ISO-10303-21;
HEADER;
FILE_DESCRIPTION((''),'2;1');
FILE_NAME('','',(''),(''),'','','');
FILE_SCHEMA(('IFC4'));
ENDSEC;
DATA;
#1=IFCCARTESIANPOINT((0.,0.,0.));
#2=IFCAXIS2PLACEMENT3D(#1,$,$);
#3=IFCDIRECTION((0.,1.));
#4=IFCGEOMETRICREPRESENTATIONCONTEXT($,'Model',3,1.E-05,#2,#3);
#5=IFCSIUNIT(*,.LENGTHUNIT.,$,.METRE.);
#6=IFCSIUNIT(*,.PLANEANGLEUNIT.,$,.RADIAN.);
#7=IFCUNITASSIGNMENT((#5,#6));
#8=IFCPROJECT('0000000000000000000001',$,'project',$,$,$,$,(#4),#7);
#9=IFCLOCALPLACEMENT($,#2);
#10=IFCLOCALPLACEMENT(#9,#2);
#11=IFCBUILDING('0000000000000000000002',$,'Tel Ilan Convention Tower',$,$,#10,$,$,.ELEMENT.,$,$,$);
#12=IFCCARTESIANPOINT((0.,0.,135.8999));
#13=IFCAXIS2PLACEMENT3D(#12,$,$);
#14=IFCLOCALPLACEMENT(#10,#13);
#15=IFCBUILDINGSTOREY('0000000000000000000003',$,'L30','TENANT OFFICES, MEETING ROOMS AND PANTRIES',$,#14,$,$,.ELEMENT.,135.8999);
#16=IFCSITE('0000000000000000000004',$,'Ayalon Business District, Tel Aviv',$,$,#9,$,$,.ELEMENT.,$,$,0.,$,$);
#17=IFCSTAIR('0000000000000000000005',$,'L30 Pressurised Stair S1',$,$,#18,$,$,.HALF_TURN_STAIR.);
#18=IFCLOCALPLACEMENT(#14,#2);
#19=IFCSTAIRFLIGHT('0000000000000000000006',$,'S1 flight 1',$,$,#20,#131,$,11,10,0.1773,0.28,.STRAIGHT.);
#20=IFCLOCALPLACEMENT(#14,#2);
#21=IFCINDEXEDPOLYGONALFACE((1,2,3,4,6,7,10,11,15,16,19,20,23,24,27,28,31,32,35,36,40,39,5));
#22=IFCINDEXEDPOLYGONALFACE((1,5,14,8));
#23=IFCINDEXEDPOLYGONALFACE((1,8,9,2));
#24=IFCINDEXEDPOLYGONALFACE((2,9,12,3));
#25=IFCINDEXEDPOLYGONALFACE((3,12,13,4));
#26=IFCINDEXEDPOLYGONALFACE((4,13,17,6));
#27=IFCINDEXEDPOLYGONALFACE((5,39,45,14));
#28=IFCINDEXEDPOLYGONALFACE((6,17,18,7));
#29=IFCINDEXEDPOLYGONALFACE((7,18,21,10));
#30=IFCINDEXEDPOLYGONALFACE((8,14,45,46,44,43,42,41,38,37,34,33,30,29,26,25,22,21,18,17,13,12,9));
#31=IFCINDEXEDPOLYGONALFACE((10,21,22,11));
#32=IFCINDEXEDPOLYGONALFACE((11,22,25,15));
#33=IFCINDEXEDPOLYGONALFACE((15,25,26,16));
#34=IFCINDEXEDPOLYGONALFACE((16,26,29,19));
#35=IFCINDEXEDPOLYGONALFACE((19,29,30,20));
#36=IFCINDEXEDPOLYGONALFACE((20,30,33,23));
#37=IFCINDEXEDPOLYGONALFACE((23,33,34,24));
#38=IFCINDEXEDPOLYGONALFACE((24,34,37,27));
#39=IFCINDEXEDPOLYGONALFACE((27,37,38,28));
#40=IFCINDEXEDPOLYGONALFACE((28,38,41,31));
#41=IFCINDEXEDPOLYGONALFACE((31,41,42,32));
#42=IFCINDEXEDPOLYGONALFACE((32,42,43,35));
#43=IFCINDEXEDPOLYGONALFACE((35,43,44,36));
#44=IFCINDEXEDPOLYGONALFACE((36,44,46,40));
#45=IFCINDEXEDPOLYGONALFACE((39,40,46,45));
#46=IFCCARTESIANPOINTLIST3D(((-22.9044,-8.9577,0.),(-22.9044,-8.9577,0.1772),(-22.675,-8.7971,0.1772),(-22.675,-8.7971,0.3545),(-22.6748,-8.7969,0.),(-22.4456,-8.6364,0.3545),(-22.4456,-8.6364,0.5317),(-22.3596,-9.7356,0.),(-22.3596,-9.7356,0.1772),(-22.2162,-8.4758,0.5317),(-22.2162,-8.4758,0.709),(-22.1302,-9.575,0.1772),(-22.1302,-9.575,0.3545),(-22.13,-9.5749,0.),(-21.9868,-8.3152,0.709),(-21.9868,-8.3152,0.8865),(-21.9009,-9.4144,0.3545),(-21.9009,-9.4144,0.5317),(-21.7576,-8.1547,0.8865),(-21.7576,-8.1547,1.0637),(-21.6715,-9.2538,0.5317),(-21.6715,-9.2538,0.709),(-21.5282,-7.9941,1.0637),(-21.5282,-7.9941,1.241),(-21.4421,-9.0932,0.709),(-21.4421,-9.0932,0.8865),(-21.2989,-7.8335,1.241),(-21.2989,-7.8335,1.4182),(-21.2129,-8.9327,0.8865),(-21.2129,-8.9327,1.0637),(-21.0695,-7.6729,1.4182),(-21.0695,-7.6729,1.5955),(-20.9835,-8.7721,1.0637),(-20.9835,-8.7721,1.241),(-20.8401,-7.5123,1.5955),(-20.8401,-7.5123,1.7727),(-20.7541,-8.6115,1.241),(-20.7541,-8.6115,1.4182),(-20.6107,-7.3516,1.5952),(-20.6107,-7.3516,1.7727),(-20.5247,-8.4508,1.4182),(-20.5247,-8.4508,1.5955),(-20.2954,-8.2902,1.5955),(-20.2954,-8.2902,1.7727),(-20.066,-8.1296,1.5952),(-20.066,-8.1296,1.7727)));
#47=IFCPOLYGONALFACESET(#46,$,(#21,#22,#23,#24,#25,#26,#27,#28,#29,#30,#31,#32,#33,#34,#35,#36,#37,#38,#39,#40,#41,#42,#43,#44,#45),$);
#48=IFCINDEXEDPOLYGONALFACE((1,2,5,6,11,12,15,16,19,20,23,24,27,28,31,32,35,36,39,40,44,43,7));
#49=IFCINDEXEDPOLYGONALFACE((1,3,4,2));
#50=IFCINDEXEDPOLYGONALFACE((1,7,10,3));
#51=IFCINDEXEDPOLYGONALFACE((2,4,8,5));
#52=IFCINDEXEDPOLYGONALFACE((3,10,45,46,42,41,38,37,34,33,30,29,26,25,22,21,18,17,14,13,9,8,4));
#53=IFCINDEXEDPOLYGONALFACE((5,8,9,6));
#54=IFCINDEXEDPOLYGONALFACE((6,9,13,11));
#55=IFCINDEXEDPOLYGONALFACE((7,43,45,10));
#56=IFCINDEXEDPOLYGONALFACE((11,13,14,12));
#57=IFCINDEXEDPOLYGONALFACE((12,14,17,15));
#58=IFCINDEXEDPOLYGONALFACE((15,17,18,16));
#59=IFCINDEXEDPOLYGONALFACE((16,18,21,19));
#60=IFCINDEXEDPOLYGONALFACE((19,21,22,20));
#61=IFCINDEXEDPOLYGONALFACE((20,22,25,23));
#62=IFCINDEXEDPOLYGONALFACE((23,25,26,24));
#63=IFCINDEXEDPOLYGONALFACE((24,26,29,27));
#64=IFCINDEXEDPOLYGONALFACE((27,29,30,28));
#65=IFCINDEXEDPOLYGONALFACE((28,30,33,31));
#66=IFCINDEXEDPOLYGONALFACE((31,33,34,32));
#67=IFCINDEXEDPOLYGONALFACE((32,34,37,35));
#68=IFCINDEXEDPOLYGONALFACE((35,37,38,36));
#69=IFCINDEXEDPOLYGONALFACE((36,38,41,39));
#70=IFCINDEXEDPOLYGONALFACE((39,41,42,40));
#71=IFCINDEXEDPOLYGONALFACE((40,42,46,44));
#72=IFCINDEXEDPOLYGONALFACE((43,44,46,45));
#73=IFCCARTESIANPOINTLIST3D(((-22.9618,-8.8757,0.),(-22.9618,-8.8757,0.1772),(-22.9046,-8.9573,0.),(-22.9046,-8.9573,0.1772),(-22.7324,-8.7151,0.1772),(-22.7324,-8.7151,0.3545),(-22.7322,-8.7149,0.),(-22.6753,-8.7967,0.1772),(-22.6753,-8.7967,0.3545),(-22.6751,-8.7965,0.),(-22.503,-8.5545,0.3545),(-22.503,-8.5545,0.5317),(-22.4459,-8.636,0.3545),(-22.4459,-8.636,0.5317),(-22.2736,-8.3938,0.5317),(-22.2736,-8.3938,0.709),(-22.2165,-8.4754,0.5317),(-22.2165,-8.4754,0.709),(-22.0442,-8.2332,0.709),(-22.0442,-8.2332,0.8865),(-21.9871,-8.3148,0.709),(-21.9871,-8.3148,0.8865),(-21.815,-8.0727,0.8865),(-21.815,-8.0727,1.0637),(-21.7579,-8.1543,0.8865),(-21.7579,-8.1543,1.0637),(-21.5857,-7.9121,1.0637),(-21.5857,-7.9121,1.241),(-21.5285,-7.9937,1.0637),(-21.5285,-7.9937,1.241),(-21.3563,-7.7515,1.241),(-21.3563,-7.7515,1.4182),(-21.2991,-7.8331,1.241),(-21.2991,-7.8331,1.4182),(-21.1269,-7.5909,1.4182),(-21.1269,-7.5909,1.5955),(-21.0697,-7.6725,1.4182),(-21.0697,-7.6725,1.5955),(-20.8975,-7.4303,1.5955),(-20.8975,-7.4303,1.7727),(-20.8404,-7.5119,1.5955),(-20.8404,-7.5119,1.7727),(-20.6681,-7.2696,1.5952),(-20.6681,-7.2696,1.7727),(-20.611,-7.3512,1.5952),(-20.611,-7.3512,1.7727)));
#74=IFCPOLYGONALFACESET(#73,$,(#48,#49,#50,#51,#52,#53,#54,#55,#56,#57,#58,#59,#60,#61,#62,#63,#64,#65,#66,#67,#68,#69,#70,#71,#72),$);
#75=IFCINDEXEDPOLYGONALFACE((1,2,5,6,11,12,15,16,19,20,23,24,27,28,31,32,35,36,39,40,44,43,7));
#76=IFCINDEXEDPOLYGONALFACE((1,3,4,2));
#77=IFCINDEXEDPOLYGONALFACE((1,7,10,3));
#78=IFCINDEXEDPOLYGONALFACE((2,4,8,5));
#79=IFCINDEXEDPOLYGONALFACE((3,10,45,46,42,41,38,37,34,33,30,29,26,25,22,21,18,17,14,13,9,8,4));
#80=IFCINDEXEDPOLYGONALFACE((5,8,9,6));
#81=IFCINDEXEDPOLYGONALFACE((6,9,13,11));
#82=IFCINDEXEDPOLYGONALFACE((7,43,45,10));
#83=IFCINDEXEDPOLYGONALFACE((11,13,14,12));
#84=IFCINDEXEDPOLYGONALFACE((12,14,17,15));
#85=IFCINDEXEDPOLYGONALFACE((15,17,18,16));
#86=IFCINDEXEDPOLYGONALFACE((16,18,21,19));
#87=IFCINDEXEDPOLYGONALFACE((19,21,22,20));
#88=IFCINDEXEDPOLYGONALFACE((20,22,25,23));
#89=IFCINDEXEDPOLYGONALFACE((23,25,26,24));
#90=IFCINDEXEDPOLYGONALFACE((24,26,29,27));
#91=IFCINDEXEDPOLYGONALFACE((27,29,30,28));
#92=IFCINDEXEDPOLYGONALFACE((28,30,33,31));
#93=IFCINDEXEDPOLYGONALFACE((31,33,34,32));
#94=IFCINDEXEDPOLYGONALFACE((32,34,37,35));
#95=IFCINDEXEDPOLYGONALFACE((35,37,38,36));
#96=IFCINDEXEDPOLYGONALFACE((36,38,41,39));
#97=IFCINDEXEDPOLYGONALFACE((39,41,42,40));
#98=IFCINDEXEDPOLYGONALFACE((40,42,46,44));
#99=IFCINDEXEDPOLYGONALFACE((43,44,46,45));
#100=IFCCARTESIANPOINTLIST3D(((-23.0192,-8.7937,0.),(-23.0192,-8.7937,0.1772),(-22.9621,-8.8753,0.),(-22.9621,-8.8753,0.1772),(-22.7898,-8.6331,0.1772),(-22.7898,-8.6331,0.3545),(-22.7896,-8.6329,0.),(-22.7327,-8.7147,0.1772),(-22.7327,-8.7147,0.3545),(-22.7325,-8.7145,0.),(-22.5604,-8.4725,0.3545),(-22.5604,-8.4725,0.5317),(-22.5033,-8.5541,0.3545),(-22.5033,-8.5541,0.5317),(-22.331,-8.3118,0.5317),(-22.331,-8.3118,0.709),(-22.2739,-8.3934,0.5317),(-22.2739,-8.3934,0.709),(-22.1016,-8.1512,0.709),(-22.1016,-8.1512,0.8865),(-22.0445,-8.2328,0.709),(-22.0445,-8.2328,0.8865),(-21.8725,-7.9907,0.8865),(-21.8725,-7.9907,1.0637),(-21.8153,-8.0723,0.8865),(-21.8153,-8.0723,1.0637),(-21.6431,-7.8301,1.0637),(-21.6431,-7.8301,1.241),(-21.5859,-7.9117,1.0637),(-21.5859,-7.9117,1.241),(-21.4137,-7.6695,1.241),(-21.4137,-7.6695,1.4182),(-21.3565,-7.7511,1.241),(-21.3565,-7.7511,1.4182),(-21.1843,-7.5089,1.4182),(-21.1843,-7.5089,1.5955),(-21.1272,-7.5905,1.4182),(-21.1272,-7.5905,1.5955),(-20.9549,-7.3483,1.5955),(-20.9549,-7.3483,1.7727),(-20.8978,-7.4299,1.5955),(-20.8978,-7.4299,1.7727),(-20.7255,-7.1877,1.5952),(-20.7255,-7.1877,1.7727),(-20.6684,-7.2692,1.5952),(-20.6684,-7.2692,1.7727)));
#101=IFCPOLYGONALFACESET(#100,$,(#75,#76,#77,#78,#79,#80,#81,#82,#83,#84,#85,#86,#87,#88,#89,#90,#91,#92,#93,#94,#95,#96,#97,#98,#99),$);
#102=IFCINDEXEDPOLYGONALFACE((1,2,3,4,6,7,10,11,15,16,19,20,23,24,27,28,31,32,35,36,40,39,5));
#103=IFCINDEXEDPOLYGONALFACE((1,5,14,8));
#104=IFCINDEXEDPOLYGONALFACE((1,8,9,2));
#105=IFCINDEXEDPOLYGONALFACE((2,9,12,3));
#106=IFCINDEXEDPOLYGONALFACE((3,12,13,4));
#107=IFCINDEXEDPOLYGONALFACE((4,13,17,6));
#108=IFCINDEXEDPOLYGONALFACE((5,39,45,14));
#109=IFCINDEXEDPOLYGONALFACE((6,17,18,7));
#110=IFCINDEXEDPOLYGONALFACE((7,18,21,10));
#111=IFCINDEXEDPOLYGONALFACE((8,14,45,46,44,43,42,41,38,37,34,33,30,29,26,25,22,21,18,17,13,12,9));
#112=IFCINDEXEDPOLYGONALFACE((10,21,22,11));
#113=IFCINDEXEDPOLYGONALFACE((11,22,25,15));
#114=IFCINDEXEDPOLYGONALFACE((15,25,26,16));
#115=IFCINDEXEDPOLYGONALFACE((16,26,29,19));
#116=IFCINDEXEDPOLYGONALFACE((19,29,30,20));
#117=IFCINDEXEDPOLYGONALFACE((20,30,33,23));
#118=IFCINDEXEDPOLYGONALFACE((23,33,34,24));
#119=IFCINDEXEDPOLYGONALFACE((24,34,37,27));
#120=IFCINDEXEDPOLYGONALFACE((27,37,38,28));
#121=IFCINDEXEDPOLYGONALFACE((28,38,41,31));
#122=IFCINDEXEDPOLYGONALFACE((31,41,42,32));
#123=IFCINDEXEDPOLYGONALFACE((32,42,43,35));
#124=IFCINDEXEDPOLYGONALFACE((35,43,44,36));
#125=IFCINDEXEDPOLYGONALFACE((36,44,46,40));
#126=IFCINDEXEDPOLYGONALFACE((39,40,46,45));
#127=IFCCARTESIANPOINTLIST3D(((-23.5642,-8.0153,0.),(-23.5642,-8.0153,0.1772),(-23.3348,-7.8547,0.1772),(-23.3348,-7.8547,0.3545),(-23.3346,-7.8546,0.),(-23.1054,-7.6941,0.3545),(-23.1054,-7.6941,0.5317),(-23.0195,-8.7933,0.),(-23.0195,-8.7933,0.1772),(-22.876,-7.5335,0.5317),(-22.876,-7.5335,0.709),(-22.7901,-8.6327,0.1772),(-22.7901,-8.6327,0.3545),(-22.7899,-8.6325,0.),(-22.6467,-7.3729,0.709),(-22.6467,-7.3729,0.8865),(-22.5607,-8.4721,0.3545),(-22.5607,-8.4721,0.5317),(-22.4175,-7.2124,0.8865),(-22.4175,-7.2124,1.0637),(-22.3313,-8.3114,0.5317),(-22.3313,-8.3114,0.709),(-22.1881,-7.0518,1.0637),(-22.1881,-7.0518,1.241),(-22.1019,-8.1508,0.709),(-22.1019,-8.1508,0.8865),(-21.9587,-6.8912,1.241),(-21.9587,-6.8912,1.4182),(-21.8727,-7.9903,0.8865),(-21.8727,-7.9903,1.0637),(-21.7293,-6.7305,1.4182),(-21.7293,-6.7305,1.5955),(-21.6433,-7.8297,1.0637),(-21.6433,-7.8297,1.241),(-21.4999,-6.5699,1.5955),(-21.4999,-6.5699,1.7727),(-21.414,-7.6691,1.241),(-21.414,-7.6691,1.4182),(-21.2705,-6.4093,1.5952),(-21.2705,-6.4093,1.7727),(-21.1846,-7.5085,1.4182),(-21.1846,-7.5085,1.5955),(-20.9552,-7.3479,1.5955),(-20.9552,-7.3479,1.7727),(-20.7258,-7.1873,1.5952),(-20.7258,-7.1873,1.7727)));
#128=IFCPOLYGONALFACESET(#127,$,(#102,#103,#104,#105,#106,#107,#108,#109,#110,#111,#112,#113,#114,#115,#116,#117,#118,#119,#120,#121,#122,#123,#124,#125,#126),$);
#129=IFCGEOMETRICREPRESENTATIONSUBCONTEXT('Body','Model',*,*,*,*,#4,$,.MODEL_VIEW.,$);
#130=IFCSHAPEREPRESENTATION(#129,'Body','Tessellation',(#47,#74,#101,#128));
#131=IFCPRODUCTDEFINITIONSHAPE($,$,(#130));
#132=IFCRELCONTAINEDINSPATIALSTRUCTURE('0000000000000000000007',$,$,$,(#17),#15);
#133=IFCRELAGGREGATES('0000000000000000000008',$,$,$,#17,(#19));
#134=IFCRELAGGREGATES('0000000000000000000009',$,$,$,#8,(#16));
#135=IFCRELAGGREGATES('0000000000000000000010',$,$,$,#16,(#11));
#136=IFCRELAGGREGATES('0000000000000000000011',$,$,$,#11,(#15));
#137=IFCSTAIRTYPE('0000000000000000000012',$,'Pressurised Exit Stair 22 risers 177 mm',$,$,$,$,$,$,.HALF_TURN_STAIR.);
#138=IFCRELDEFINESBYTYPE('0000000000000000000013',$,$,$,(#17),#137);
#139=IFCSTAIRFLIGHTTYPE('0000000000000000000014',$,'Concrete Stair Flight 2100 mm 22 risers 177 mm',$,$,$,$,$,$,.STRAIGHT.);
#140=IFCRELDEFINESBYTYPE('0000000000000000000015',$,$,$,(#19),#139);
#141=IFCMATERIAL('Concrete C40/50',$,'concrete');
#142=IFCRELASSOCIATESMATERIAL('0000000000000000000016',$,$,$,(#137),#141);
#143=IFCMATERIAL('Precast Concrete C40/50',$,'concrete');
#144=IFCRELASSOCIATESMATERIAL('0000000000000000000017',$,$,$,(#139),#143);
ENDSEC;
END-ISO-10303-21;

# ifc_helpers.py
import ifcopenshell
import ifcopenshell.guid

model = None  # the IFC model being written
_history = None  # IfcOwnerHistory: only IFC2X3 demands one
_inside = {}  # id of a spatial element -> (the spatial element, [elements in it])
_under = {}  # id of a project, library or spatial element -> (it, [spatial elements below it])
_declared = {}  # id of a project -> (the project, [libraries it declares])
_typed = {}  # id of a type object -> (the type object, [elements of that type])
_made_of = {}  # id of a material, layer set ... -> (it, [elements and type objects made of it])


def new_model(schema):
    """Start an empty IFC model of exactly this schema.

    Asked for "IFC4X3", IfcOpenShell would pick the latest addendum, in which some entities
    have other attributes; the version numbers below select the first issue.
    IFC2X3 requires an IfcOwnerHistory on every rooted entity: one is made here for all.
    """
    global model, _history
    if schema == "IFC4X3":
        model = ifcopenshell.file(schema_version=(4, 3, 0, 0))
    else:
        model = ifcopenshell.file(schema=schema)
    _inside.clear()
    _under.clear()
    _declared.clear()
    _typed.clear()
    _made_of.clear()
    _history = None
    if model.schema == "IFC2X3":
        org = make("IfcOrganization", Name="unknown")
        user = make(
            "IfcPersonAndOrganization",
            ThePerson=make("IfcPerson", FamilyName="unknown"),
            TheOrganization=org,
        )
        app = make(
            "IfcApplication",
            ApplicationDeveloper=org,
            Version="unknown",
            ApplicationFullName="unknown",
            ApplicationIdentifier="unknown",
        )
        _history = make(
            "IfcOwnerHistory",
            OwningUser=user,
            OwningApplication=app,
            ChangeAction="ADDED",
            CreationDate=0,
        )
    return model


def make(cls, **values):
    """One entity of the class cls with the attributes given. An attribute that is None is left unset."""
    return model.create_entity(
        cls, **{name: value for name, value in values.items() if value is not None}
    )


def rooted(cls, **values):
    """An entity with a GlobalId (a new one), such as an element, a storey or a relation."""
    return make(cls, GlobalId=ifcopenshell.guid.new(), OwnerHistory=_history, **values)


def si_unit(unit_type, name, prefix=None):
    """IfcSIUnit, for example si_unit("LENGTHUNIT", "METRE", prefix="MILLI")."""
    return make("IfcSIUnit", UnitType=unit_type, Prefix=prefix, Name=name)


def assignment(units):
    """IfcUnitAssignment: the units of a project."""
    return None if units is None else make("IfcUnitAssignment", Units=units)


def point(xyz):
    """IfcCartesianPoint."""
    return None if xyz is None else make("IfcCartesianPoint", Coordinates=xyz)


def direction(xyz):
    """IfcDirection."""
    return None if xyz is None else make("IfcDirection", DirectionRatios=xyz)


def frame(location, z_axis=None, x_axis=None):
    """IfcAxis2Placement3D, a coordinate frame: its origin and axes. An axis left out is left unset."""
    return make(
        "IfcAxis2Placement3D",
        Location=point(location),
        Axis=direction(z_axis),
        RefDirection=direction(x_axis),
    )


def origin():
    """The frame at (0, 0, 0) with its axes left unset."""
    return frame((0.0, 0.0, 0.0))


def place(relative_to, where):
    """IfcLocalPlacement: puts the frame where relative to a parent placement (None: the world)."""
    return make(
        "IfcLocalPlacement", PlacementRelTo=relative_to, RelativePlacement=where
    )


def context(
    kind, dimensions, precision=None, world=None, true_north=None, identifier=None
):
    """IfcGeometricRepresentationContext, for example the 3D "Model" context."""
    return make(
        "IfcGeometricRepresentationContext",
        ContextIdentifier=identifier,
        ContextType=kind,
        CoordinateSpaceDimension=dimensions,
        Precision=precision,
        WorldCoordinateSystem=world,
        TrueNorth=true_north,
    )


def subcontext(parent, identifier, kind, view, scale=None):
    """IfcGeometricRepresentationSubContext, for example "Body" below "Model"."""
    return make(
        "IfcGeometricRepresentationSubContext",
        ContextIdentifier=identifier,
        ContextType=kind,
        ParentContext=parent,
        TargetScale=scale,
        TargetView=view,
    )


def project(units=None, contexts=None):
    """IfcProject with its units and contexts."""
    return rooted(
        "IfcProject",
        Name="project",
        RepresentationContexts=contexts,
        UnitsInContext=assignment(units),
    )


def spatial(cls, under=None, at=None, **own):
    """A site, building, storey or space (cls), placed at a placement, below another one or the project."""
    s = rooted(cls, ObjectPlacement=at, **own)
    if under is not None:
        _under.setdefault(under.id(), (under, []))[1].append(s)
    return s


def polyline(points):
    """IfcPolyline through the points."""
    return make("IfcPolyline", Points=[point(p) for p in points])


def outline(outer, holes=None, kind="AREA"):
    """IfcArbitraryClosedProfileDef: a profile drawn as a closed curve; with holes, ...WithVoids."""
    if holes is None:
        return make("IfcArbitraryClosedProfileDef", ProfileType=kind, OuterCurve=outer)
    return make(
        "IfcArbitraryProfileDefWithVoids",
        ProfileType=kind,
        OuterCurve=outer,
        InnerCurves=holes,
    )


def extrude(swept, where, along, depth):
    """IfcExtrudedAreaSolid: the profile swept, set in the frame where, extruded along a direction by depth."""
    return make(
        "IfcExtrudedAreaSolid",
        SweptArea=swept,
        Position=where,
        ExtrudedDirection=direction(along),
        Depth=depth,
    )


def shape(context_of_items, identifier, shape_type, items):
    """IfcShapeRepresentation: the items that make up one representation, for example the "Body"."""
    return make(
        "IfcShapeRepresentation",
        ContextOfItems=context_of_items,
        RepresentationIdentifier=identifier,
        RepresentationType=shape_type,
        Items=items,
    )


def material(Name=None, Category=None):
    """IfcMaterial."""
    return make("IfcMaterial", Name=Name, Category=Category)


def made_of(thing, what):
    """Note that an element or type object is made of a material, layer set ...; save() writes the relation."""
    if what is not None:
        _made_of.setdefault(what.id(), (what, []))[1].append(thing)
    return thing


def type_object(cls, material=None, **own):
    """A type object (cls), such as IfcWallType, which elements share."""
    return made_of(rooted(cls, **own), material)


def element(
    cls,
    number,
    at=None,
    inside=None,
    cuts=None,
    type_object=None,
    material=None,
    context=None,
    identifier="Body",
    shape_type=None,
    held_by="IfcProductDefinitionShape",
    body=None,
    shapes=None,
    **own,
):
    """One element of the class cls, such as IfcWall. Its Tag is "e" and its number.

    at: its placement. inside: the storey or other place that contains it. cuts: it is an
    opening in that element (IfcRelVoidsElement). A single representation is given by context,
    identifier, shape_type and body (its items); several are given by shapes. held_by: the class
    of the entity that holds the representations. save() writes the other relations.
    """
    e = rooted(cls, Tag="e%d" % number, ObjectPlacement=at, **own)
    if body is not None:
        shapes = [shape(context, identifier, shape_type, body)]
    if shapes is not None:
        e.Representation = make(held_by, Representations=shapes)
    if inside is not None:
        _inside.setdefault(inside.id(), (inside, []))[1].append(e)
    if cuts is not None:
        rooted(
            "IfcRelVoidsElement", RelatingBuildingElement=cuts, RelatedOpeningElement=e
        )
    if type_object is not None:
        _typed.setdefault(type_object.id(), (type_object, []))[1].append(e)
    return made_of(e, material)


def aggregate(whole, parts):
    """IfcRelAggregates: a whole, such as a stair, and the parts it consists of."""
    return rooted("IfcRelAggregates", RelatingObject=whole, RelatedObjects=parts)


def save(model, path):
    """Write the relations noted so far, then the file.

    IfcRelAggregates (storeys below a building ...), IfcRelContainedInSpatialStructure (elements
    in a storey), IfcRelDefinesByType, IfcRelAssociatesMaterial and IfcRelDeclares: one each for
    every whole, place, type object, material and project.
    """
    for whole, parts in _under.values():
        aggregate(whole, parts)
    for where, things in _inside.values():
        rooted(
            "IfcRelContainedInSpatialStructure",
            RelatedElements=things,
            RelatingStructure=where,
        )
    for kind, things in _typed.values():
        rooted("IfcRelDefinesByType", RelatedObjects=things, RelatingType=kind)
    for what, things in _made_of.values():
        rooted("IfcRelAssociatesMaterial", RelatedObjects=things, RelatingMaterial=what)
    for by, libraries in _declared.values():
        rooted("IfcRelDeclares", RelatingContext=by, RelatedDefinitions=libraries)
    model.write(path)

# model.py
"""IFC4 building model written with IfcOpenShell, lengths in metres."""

from ifc_helpers import new_model, si_unit, direction, frame, origin, place, context, subcontext, project, spatial, polyline, outline, extrude, material, type_object, element, aggregate, save


model = new_model("IFC4")

# Units and contexts
model_context = context("Model", 3, precision=1e-05, world=origin(), true_north=direction((0.0, 1.0)))
body_context = subcontext(model_context, "Body", "Model", "MODEL_VIEW")
ifc_project = project(units=[si_unit("LENGTHUNIT", "METRE"), si_unit("PLANEANGLEUNIT", "RADIAN")], contexts=[model_context])

# Site, building, storey
site_placement = place(None, origin())
site = spatial("IfcSite", under=ifc_project, at=site_placement, Name="Ayalon Business District, Tel Aviv", CompositionType="ELEMENT", RefElevation=0.0)
building_placement = place(site_placement, origin())
building = spatial("IfcBuilding", under=site, at=building_placement, Name="Tel Ilan Convention Tower", CompositionType="ELEMENT")
storey_placement = place(building_placement, frame((0.0, 0.0, 135.8999)))
storey = spatial("IfcBuildingStorey", under=building, at=storey_placement, Name="L30", Description="TENANT OFFICES, MEETING ROOMS AND PANTRIES", CompositionType="ELEMENT", Elevation=135.8999)

# Stair, stair flight
ifc_material_1 = material(Name="Concrete C40/50", Category="concrete")
stair_type = type_object("IfcStairType", Name="Pressurised Exit Stair 22 risers 177 mm", PredefinedType="HALF_TURN_STAIR", material=ifc_material_1)
stair_1_placement = place(storey_placement, origin())
stair_1 = element("IfcStair", 1, at=stair_1_placement, inside=storey, type_object=stair_type, Name="L30 Pressurised Stair S1", PredefinedType="HALF_TURN_STAIR")
ifc_material_2 = material(Name="Precast Concrete C40/50", Category="concrete")
stair_flight_type = type_object("IfcStairFlightType", Name="Concrete Stair Flight 2100 mm 22 risers 177 mm", PredefinedType="STRAIGHT", material=ifc_material_2)
stair_flight_1_placement = place(storey_placement, frame((-22.9619, -8.8755, 0.0), z_axis=(0.0, 0.0, 1.0), x_axis=(0.819152, 0.573576, 0.0)))
stair_flight_1 = element("IfcStairFlight", 2, at=stair_flight_1_placement, type_object=stair_flight_type, Name="S1 flight 1", NumberOfRisers=11, NumberOfTreads=10, PredefinedType="STRAIGHT", RiserHeight=0.1773, TreadLength=0.28, context=body_context, shape_type="SweptSolid", body=[
    extrude(outline(polyline([(0.0, 0.0), (0.0, 0.1772), (0.28, 0.1772), (0.28, 0.3545), (0.5601, 0.3545), (0.5601, 0.5317), (0.8401, 0.5317), (0.8401, 0.709), (1.1201, 0.709), (1.1201, 0.8865), (1.3999, 0.8865), (1.3999, 1.0637), (1.6799, 1.0637), (1.6799, 1.241), (1.96, 1.241), (1.96, 1.4182), (2.24, 1.4182), (2.24, 1.5955), (2.52, 1.5955), (2.52, 1.7727), (2.8, 1.7727), (2.8, 1.95), (2.8, 1.5952), (0.2803, 0.0), (0.0, 0.0)])), frame((0.0, -0.1003, 0.0), z_axis=(0.0, -1.0, 0.0), x_axis=(1.0, 0.0, 0.0)), (0.0, 0.0, 1.0), 0.9497),
    extrude(outline(polyline([(0.0, 0.0), (0.0, 0.1772), (0.28, 0.1772), (0.28, 0.3545), (0.5601, 0.3545), (0.5601, 0.5317), (0.8401, 0.5317), (0.8401, 0.709), (1.1201, 0.709), (1.1201, 0.8865), (1.3999, 0.8865), (1.3999, 1.0637), (1.6799, 1.0637), (1.6799, 1.241), (1.96, 1.241), (1.96, 1.4182), (2.24, 1.4182), (2.24, 1.5955), (2.52, 1.5955), (2.52, 1.7727), (2.8, 1.7727), (2.8, 1.95), (2.8, 1.5952), (0.2803, 0.0), (0.0, 0.0)])), frame((0.0, -0.0002, 0.0), z_axis=(0.0, -1.0, 0.0), x_axis=(1.0, 0.0, 0.0)), (0.0, 0.0, 1.0), 0.0996),
    extrude(outline(polyline([(0.0, 0.0), (0.0, 0.1772), (0.28, 0.1772), (0.28, 0.3545), (0.5601, 0.3545), (0.5601, 0.5317), (0.8401, 0.5317), (0.8401, 0.709), (1.1201, 0.709), (1.1201, 0.8865), (1.3999, 0.8865), (1.3999, 1.0637), (1.6799, 1.0637), (1.6799, 1.241), (1.96, 1.241), (1.96, 1.4182), (2.24, 1.4182), (2.24, 1.5955), (2.52, 1.5955), (2.52, 1.7727), (2.8, 1.7727), (2.8, 1.95), (2.8, 1.5952), (0.2803, 0.0), (0.0, 0.0)])), frame((0.0, 0.0999, 0.0), z_axis=(0.0, -1.0, 0.0), x_axis=(1.0, 0.0, 0.0)), (0.0, 0.0, 1.0), 0.0996),
    extrude(outline(polyline([(0.0, 0.0), (0.0, 0.1772), (0.28, 0.1772), (0.28, 0.3545), (0.5601, 0.3545), (0.5601, 0.5317), (0.8401, 0.5317), (0.8401, 0.709), (1.1201, 0.709), (1.1201, 0.8865), (1.3999, 0.8865), (1.3999, 1.0637), (1.6799, 1.0637), (1.6799, 1.241), (1.96, 1.241), (1.96, 1.4182), (2.24, 1.4182), (2.24, 1.5955), (2.52, 1.5955), (2.52, 1.7727), (2.8, 1.7727), (2.8, 1.95), (2.8, 1.5952), (0.2803, 0.0), (0.0, 0.0)])), frame((0.0, 1.05, 0.0), z_axis=(0.0, -1.0, 0.0), x_axis=(1.0, 0.0, 0.0)), (0.0, 0.0, 1.0), 0.9497),
])
aggregate(stair_1, [stair_flight_1])

save(model, "model.ifc")
